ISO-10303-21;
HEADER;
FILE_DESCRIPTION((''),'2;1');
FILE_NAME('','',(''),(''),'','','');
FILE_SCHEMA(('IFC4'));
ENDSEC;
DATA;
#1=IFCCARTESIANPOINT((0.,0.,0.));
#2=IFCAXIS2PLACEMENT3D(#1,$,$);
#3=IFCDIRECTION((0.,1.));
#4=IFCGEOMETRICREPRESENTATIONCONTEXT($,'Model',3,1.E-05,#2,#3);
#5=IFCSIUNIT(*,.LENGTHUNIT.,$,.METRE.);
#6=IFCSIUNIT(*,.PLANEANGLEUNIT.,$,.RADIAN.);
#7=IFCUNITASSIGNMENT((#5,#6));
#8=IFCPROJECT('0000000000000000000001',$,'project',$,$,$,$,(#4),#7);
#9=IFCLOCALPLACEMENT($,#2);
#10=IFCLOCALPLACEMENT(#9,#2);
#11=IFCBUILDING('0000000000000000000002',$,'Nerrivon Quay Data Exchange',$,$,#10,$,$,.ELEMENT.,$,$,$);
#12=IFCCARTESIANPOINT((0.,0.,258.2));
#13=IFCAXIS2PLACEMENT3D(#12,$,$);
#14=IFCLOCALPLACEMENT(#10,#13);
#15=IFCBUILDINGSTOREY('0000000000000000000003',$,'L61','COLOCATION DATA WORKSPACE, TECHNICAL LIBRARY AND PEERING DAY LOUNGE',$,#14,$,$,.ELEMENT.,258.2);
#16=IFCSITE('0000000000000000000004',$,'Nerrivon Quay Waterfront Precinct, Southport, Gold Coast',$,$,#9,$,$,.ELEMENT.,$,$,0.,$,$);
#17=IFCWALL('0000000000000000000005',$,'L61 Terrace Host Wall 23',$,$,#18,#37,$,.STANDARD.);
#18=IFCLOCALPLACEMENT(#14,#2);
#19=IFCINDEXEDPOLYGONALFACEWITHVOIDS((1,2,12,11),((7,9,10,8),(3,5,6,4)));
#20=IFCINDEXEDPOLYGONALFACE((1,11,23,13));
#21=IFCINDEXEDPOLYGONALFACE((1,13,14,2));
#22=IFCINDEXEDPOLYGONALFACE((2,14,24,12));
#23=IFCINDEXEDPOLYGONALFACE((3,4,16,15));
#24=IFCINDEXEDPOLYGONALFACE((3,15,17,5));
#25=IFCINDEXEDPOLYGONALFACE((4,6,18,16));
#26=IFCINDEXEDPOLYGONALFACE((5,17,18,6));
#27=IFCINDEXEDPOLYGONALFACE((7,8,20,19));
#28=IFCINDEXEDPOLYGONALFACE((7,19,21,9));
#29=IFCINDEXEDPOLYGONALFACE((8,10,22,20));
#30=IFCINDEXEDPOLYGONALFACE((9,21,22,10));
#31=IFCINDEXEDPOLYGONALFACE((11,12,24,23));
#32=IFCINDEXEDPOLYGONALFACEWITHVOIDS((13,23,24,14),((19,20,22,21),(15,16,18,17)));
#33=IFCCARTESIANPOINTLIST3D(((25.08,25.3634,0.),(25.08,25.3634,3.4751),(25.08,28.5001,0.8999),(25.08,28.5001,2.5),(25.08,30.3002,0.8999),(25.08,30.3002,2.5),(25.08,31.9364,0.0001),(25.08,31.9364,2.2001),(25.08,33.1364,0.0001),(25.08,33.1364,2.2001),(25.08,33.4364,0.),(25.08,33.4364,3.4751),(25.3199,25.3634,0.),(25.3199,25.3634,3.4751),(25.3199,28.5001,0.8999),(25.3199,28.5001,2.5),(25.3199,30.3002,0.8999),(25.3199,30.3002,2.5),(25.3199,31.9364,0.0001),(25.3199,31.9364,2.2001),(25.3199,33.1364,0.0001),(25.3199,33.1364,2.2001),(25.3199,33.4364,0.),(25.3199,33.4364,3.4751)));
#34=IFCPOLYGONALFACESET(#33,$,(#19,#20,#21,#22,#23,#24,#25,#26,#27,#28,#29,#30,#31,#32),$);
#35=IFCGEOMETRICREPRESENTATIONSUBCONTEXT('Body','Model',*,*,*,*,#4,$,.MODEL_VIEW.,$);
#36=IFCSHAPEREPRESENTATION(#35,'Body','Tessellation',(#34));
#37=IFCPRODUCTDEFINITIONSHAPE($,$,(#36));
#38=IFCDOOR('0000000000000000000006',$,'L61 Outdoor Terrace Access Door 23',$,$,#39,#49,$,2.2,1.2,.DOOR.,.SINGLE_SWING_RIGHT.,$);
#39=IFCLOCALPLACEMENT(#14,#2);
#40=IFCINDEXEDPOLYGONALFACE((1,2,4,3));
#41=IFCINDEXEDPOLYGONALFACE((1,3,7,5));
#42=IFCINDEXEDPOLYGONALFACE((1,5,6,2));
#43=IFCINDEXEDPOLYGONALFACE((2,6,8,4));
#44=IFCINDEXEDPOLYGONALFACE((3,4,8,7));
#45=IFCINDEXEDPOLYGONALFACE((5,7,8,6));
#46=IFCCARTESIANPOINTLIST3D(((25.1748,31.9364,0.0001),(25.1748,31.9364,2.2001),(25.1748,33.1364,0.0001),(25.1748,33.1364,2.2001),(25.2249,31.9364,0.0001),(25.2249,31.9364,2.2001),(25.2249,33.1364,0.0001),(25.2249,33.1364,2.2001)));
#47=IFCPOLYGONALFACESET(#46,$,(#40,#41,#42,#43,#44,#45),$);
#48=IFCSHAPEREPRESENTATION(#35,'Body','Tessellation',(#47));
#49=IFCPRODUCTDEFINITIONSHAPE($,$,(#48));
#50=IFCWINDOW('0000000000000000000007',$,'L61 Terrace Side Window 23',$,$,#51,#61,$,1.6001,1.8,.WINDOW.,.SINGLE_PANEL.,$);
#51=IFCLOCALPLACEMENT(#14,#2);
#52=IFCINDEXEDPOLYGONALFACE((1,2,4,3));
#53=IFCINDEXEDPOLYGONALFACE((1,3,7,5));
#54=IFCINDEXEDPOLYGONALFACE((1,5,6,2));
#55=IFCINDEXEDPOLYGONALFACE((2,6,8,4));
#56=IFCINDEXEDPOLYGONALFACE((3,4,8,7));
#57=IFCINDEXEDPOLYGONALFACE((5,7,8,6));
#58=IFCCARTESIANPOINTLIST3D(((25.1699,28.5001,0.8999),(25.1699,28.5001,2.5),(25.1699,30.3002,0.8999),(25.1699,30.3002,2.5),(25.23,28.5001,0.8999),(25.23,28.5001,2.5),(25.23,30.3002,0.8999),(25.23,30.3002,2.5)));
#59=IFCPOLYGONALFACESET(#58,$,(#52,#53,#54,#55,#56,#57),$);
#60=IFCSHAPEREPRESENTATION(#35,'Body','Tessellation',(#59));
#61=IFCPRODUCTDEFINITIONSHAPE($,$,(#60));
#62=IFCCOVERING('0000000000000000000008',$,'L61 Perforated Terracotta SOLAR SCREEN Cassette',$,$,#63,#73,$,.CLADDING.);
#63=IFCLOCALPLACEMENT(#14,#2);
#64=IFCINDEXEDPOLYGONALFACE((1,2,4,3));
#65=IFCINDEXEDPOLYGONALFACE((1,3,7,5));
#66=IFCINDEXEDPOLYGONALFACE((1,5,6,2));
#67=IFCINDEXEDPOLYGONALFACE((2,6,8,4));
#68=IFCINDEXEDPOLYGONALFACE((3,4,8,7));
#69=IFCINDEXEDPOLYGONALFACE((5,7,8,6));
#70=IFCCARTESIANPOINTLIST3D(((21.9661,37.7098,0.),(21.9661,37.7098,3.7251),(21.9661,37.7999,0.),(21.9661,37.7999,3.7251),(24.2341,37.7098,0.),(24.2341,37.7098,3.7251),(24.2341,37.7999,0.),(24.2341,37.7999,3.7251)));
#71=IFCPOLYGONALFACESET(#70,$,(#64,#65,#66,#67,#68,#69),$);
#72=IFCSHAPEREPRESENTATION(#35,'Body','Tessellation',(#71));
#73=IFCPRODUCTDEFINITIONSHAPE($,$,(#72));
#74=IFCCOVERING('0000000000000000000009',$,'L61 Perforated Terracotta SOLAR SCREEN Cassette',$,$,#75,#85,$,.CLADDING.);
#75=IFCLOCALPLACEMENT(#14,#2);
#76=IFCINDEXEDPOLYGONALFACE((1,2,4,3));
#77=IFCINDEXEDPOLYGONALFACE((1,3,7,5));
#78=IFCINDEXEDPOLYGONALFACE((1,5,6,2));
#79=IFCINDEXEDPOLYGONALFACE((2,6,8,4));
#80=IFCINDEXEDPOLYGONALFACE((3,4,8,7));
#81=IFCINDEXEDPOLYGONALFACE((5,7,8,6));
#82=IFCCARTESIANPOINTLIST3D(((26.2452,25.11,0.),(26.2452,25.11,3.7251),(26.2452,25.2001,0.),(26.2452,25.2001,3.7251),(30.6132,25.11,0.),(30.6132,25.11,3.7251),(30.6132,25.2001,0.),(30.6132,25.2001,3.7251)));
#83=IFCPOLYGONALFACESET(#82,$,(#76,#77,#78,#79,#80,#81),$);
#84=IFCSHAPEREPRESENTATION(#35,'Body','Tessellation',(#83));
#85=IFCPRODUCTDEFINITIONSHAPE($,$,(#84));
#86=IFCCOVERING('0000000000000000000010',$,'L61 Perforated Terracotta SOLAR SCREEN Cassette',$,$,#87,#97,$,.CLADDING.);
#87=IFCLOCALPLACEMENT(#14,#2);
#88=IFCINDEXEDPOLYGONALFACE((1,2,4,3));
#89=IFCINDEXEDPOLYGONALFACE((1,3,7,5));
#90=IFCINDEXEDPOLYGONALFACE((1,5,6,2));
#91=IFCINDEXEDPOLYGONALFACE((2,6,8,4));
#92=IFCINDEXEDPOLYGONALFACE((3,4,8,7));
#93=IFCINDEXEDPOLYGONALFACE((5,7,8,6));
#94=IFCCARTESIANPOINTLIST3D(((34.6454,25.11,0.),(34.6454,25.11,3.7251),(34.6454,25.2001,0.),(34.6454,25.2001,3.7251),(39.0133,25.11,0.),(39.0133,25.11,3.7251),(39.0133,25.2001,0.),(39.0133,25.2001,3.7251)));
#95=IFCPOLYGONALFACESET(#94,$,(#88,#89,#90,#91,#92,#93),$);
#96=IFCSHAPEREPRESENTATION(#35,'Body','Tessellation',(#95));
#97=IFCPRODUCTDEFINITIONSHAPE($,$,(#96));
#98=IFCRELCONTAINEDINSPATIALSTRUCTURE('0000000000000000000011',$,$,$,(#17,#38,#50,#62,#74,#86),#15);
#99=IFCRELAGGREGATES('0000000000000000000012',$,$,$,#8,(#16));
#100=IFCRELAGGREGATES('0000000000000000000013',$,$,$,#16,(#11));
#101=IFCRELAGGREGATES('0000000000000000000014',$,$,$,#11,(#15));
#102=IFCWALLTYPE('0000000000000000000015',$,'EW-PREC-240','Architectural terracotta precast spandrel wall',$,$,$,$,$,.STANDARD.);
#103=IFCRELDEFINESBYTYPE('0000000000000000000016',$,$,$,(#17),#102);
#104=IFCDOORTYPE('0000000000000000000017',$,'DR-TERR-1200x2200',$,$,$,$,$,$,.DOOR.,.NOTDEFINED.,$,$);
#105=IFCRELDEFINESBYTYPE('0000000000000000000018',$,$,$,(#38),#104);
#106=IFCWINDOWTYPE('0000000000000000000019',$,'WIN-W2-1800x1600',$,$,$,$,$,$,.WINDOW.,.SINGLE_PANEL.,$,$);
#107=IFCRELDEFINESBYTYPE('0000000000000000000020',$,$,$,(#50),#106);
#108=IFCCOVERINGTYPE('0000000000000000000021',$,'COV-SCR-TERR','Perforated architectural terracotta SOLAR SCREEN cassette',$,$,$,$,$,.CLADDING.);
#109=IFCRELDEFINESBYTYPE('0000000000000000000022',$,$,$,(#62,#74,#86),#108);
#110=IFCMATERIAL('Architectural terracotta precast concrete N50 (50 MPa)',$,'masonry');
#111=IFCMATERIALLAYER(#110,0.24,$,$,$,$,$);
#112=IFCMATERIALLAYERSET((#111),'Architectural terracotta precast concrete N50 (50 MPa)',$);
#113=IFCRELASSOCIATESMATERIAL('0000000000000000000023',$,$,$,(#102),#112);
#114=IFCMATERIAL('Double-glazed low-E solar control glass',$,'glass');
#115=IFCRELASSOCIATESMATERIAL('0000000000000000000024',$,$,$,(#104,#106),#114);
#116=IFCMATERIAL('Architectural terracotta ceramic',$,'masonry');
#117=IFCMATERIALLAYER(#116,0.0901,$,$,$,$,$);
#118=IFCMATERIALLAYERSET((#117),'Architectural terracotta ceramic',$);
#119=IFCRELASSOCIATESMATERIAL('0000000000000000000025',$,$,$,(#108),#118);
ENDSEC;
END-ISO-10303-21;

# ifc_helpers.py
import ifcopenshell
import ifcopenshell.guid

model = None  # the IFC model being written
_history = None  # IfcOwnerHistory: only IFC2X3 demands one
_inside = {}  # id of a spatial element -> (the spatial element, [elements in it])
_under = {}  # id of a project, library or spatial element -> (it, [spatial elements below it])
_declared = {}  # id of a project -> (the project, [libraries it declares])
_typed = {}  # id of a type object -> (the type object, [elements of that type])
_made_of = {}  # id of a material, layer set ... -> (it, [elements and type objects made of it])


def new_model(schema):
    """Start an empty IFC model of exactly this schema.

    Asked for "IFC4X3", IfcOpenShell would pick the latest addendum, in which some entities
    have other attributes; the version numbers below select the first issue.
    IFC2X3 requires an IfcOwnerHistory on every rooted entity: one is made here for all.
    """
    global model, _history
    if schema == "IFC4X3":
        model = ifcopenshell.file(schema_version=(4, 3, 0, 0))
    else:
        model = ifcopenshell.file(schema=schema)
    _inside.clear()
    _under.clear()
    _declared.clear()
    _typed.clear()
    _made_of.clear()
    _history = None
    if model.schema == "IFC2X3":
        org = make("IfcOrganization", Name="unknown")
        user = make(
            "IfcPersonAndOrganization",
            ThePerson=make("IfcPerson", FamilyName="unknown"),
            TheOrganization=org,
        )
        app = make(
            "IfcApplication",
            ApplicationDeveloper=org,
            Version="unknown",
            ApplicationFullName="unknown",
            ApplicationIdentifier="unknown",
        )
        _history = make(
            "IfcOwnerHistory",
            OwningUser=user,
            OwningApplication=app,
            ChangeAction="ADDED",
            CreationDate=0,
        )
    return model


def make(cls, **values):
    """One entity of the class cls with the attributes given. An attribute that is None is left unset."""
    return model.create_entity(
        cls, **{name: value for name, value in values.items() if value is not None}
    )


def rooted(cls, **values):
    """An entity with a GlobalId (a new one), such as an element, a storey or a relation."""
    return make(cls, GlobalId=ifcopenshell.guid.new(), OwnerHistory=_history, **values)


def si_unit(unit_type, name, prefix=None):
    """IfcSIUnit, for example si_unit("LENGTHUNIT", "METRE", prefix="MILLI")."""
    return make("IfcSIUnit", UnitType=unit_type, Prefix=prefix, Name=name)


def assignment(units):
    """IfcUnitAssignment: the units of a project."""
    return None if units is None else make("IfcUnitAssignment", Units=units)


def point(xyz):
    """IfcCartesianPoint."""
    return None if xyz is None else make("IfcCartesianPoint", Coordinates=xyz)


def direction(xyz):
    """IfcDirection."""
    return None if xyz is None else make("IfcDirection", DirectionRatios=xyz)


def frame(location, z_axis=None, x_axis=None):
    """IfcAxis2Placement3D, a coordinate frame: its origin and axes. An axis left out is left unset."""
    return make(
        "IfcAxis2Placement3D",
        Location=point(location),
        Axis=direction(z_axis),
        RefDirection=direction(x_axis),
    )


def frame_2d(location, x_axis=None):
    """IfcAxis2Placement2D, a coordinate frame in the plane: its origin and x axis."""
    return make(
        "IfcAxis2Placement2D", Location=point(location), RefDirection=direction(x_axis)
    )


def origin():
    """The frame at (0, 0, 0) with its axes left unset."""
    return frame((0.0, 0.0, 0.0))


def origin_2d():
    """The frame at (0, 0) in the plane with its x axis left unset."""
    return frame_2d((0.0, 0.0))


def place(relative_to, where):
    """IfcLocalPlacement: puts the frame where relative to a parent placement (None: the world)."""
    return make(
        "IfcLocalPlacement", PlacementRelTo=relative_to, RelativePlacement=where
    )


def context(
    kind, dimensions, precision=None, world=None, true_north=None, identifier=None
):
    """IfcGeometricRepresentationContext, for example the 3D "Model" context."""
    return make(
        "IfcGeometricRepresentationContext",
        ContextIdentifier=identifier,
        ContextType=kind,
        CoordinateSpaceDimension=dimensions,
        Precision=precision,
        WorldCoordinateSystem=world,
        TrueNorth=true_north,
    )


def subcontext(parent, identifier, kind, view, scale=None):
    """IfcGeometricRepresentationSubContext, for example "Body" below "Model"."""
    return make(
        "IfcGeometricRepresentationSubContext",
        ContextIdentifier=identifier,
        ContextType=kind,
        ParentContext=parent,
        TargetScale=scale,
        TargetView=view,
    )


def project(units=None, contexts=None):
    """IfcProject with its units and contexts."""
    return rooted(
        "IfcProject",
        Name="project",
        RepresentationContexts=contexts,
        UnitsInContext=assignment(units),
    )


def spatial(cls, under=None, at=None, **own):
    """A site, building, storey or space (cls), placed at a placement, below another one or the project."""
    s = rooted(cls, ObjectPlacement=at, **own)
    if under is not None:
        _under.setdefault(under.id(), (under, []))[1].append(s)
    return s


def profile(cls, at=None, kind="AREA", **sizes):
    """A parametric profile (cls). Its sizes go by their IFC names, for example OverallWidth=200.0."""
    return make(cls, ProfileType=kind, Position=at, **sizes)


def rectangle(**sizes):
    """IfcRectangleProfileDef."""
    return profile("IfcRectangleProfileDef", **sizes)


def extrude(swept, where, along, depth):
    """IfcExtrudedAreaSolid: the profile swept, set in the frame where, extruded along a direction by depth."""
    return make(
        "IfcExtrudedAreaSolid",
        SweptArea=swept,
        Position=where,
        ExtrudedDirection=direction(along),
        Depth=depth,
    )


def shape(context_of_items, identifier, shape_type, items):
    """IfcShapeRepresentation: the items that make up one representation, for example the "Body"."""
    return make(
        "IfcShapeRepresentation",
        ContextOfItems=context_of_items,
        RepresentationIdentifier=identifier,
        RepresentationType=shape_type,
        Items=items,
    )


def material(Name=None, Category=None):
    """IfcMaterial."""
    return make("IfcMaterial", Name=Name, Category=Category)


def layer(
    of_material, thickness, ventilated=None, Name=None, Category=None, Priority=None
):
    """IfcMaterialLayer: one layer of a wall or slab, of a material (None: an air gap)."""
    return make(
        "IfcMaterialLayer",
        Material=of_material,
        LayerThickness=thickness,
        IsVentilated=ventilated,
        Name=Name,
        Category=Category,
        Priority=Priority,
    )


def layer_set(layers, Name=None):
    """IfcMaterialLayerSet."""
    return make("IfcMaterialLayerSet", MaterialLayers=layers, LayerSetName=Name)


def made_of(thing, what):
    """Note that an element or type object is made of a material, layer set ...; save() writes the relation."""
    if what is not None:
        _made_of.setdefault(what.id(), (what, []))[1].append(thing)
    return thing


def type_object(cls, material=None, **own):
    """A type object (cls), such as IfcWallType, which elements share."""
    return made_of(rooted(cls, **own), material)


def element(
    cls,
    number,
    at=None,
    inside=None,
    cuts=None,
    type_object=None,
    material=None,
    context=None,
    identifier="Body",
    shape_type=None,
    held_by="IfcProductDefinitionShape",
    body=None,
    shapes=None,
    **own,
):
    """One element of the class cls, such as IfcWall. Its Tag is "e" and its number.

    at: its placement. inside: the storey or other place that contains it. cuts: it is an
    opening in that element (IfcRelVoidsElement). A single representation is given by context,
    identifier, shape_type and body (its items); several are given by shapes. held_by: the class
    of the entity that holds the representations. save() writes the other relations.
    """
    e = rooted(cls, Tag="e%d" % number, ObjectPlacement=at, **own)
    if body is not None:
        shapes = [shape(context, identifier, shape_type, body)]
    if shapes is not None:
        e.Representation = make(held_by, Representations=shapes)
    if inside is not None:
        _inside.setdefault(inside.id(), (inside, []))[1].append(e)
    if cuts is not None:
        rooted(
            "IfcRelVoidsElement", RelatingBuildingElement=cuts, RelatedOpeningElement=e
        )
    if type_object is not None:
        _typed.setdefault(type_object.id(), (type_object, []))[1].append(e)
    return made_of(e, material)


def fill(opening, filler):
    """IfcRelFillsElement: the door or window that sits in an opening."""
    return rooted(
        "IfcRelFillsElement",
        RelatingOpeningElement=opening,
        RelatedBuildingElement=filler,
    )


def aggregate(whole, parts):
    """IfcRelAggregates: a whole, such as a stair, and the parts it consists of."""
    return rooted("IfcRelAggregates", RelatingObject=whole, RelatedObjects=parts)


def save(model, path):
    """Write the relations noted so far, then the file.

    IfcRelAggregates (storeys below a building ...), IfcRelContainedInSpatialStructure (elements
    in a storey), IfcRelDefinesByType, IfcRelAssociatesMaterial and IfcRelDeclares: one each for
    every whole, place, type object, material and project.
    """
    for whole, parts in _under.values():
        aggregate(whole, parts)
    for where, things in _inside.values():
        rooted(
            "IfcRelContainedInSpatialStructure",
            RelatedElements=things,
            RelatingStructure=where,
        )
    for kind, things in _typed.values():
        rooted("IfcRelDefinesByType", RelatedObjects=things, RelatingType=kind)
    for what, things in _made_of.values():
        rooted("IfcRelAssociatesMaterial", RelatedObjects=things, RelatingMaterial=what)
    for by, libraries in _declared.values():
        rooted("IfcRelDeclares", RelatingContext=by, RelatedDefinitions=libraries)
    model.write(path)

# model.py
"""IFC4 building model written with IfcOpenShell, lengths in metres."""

from ifc_helpers import new_model, si_unit, direction, frame, frame_2d, origin, origin_2d, place, context, subcontext, project, spatial, rectangle, extrude, material, layer, layer_set, type_object, element, fill, save


model = new_model("IFC4")

# Units and contexts
model_context = context("Model", 3, precision=1e-05, world=origin(), true_north=direction((0.0, 1.0)))
body_context = subcontext(model_context, "Body", "Model", "MODEL_VIEW")
ifc_project = project(units=[si_unit("LENGTHUNIT", "METRE"), si_unit("PLANEANGLEUNIT", "RADIAN")], contexts=[model_context])

# Site, building, storey
site_placement = place(None, origin())
site = spatial("IfcSite", under=ifc_project, at=site_placement, Name="Nerrivon Quay Waterfront Precinct, Southport, Gold Coast", CompositionType="ELEMENT", RefElevation=0.0)
building_placement = place(site_placement, origin())
building = spatial("IfcBuilding", under=site, at=building_placement, Name="Nerrivon Quay Data Exchange", CompositionType="ELEMENT")
storey_placement = place(building_placement, frame((0.0, 0.0, 258.2)))
storey = spatial("IfcBuildingStorey", under=building, at=storey_placement, Name="L61", Description="COLOCATION DATA WORKSPACE, TECHNICAL LIBRARY AND PEERING DAY LOUNGE", CompositionType="ELEMENT", Elevation=258.2)

# Shared definitions
ifc_material_1 = material(Name="Double-glazed low-E solar control glass", Category="glass")

# Shared definitions
ifc_material_2 = material(Name="Architectural terracotta precast concrete N50 (50 MPa)", Category="masonry")
ifc_layer_1 = layer(ifc_material_2, 0.24)
ifc_layer_set_1 = layer_set([ifc_layer_1], Name="Architectural terracotta precast concrete N50 (50 MPa)")
wall_type = type_object("IfcWallType", Name="EW-PREC-240", Description="Architectural terracotta precast spandrel wall", PredefinedType="STANDARD", material=ifc_layer_set_1)
door_type = type_object("IfcDoorType", Name="DR-TERR-1200x2200", OperationType="NOTDEFINED", PredefinedType="DOOR", material=ifc_material_1)

# Wall, openings, door, window
wall_1_placement = place(storey_placement, frame((25.2, 33.4365, 0.0), z_axis=(0.0, 0.0, 1.0), x_axis=(0.0, -1.0, 0.0)))
wall_1 = element("IfcWall", 1, at=wall_1_placement, inside=storey, type_object=wall_type, Name="L61 Terrace Host Wall 23", PredefinedType="STANDARD", context=body_context, shape_type="SweptSolid", body=[
    extrude(rectangle(XDim=8.073, YDim=0.24, at=frame_2d((4.0366, 0.0))), origin(), (0.0, 0.0, 1.0), 3.4751),
])
opening_1_placement = place(wall_1_placement, frame((0.3, 0.0, 0.0)))
opening_1 = element("IfcOpeningElement", 2, at=opening_1_placement, cuts=wall_1, PredefinedType="OPENING", context=body_context, shape_type="SweptSolid", body=[
    extrude(rectangle(XDim=1.2, YDim=2.2, at=frame_2d((0.6001, 1.1001))), frame((0.0, 0.1299, 0.0), z_axis=(0.0, -1.0, 0.0), x_axis=(1.0, 0.0, 0.0)), (0.0, 0.0, 1.0), 0.26),
])
opening_2_placement = place(wall_1_placement, frame((3.1365, 0.0, 0.8999)))
opening_2 = element("IfcOpeningElement", 3, at=opening_2_placement, cuts=wall_1, PredefinedType="OPENING", context=body_context, shape_type="SweptSolid", body=[
    extrude(rectangle(XDim=1.8, YDim=1.6001, at=frame_2d((0.8999, 0.8))), frame((0.0, 0.1299, 0.0), z_axis=(0.0, -1.0, 0.0), x_axis=(1.0, 0.0, 0.0)), (0.0, 0.0, 1.0), 0.26),
])
door_1_placement = place(opening_1_placement, origin())
door_1 = element("IfcDoor", 4, at=door_1_placement, inside=storey, type_object=door_type, Name="L61 Outdoor Terrace Access Door 23", OperationType="SINGLE_SWING_RIGHT", OverallHeight=2.2, OverallWidth=1.2, PredefinedType="DOOR", context=body_context, shape_type="SweptSolid", body=[
    extrude(rectangle(XDim=1.2, YDim=2.2, at=frame_2d((0.6001, 1.1001))), frame((0.0, 0.0249, 0.0), z_axis=(0.0, -1.0, 0.0), x_axis=(1.0, 0.0, 0.0)), (0.0, 0.0, 1.0), 0.05),
])
fill(opening_1, door_1)
window_type = type_object("IfcWindowType", Name="WIN-W2-1800x1600", PartitioningType="SINGLE_PANEL", PredefinedType="WINDOW", material=ifc_material_1)
window_placement = place(opening_2_placement, origin())
window = element("IfcWindow", 5, at=window_placement, inside=storey, type_object=window_type, Name="L61 Terrace Side Window 23", OverallHeight=1.6001, OverallWidth=1.8, PartitioningType="SINGLE_PANEL", PredefinedType="WINDOW", context=body_context, shape_type="SweptSolid", body=[
    extrude(rectangle(XDim=1.8, YDim=1.6001, at=frame_2d((0.8999, 0.8))), frame((0.0, 0.03, 0.0), z_axis=(0.0, -1.0, 0.0), x_axis=(1.0, 0.0, 0.0)), (0.0, 0.0, 1.0), 0.0601),
])
fill(opening_2, window)

# Coverings
ifc_material_3 = material(Name="Architectural terracotta ceramic", Category="masonry")
ifc_layer_2 = layer(ifc_material_3, 0.0901)
ifc_layer_set_2 = layer_set([ifc_layer_2], Name="Architectural terracotta ceramic")
covering_type = type_object("IfcCoveringType", Name="COV-SCR-TERR", Description="Perforated architectural terracotta SOLAR SCREEN cassette", PredefinedType="CLADDING", material=ifc_layer_set_2)
covering_placement = place(storey_placement, frame((23.1001, 37.7549, 0.0), z_axis=(0.0, 0.0, 1.0), x_axis=(1.0, 0.0, 0.0)))
element("IfcCovering", 6, at=covering_placement, inside=storey, type_object=covering_type, Name="L61 Perforated Terracotta SOLAR SCREEN Cassette", PredefinedType="CLADDING", context=body_context, shape_type="SweptSolid", body=[
    extrude(rectangle(XDim=2.2681, YDim=0.0901, at=origin_2d()), origin(), (0.0, 0.0, 1.0), 3.7251),
])
for number, where, z_axis, x_axis, name in (
    (7, (28.4292, 25.155, 0.0), (0.0, 0.0, 1.0), (1.0, 0.0, 0.0), "L61 Perforated Terracotta SOLAR SCREEN Cassette"),
    (8, (36.8293, 25.155, 0.0), (0.0, 0.0, 1.0), (1.0, 0.0, 0.0), "L61 Perforated Terracotta SOLAR SCREEN Cassette"),
):
    element("IfcCovering", number, at=place(storey_placement, frame(where, z_axis=z_axis, x_axis=x_axis)), inside=storey, type_object=covering_type, Name=name, PredefinedType="CLADDING", context=body_context, shape_type="SweptSolid", body=[
        extrude(rectangle(XDim=4.3679, YDim=0.0901, at=origin_2d()), origin(), (0.0, 0.0, 1.0), 3.7251),
    ])

save(model, "model.ifc")
